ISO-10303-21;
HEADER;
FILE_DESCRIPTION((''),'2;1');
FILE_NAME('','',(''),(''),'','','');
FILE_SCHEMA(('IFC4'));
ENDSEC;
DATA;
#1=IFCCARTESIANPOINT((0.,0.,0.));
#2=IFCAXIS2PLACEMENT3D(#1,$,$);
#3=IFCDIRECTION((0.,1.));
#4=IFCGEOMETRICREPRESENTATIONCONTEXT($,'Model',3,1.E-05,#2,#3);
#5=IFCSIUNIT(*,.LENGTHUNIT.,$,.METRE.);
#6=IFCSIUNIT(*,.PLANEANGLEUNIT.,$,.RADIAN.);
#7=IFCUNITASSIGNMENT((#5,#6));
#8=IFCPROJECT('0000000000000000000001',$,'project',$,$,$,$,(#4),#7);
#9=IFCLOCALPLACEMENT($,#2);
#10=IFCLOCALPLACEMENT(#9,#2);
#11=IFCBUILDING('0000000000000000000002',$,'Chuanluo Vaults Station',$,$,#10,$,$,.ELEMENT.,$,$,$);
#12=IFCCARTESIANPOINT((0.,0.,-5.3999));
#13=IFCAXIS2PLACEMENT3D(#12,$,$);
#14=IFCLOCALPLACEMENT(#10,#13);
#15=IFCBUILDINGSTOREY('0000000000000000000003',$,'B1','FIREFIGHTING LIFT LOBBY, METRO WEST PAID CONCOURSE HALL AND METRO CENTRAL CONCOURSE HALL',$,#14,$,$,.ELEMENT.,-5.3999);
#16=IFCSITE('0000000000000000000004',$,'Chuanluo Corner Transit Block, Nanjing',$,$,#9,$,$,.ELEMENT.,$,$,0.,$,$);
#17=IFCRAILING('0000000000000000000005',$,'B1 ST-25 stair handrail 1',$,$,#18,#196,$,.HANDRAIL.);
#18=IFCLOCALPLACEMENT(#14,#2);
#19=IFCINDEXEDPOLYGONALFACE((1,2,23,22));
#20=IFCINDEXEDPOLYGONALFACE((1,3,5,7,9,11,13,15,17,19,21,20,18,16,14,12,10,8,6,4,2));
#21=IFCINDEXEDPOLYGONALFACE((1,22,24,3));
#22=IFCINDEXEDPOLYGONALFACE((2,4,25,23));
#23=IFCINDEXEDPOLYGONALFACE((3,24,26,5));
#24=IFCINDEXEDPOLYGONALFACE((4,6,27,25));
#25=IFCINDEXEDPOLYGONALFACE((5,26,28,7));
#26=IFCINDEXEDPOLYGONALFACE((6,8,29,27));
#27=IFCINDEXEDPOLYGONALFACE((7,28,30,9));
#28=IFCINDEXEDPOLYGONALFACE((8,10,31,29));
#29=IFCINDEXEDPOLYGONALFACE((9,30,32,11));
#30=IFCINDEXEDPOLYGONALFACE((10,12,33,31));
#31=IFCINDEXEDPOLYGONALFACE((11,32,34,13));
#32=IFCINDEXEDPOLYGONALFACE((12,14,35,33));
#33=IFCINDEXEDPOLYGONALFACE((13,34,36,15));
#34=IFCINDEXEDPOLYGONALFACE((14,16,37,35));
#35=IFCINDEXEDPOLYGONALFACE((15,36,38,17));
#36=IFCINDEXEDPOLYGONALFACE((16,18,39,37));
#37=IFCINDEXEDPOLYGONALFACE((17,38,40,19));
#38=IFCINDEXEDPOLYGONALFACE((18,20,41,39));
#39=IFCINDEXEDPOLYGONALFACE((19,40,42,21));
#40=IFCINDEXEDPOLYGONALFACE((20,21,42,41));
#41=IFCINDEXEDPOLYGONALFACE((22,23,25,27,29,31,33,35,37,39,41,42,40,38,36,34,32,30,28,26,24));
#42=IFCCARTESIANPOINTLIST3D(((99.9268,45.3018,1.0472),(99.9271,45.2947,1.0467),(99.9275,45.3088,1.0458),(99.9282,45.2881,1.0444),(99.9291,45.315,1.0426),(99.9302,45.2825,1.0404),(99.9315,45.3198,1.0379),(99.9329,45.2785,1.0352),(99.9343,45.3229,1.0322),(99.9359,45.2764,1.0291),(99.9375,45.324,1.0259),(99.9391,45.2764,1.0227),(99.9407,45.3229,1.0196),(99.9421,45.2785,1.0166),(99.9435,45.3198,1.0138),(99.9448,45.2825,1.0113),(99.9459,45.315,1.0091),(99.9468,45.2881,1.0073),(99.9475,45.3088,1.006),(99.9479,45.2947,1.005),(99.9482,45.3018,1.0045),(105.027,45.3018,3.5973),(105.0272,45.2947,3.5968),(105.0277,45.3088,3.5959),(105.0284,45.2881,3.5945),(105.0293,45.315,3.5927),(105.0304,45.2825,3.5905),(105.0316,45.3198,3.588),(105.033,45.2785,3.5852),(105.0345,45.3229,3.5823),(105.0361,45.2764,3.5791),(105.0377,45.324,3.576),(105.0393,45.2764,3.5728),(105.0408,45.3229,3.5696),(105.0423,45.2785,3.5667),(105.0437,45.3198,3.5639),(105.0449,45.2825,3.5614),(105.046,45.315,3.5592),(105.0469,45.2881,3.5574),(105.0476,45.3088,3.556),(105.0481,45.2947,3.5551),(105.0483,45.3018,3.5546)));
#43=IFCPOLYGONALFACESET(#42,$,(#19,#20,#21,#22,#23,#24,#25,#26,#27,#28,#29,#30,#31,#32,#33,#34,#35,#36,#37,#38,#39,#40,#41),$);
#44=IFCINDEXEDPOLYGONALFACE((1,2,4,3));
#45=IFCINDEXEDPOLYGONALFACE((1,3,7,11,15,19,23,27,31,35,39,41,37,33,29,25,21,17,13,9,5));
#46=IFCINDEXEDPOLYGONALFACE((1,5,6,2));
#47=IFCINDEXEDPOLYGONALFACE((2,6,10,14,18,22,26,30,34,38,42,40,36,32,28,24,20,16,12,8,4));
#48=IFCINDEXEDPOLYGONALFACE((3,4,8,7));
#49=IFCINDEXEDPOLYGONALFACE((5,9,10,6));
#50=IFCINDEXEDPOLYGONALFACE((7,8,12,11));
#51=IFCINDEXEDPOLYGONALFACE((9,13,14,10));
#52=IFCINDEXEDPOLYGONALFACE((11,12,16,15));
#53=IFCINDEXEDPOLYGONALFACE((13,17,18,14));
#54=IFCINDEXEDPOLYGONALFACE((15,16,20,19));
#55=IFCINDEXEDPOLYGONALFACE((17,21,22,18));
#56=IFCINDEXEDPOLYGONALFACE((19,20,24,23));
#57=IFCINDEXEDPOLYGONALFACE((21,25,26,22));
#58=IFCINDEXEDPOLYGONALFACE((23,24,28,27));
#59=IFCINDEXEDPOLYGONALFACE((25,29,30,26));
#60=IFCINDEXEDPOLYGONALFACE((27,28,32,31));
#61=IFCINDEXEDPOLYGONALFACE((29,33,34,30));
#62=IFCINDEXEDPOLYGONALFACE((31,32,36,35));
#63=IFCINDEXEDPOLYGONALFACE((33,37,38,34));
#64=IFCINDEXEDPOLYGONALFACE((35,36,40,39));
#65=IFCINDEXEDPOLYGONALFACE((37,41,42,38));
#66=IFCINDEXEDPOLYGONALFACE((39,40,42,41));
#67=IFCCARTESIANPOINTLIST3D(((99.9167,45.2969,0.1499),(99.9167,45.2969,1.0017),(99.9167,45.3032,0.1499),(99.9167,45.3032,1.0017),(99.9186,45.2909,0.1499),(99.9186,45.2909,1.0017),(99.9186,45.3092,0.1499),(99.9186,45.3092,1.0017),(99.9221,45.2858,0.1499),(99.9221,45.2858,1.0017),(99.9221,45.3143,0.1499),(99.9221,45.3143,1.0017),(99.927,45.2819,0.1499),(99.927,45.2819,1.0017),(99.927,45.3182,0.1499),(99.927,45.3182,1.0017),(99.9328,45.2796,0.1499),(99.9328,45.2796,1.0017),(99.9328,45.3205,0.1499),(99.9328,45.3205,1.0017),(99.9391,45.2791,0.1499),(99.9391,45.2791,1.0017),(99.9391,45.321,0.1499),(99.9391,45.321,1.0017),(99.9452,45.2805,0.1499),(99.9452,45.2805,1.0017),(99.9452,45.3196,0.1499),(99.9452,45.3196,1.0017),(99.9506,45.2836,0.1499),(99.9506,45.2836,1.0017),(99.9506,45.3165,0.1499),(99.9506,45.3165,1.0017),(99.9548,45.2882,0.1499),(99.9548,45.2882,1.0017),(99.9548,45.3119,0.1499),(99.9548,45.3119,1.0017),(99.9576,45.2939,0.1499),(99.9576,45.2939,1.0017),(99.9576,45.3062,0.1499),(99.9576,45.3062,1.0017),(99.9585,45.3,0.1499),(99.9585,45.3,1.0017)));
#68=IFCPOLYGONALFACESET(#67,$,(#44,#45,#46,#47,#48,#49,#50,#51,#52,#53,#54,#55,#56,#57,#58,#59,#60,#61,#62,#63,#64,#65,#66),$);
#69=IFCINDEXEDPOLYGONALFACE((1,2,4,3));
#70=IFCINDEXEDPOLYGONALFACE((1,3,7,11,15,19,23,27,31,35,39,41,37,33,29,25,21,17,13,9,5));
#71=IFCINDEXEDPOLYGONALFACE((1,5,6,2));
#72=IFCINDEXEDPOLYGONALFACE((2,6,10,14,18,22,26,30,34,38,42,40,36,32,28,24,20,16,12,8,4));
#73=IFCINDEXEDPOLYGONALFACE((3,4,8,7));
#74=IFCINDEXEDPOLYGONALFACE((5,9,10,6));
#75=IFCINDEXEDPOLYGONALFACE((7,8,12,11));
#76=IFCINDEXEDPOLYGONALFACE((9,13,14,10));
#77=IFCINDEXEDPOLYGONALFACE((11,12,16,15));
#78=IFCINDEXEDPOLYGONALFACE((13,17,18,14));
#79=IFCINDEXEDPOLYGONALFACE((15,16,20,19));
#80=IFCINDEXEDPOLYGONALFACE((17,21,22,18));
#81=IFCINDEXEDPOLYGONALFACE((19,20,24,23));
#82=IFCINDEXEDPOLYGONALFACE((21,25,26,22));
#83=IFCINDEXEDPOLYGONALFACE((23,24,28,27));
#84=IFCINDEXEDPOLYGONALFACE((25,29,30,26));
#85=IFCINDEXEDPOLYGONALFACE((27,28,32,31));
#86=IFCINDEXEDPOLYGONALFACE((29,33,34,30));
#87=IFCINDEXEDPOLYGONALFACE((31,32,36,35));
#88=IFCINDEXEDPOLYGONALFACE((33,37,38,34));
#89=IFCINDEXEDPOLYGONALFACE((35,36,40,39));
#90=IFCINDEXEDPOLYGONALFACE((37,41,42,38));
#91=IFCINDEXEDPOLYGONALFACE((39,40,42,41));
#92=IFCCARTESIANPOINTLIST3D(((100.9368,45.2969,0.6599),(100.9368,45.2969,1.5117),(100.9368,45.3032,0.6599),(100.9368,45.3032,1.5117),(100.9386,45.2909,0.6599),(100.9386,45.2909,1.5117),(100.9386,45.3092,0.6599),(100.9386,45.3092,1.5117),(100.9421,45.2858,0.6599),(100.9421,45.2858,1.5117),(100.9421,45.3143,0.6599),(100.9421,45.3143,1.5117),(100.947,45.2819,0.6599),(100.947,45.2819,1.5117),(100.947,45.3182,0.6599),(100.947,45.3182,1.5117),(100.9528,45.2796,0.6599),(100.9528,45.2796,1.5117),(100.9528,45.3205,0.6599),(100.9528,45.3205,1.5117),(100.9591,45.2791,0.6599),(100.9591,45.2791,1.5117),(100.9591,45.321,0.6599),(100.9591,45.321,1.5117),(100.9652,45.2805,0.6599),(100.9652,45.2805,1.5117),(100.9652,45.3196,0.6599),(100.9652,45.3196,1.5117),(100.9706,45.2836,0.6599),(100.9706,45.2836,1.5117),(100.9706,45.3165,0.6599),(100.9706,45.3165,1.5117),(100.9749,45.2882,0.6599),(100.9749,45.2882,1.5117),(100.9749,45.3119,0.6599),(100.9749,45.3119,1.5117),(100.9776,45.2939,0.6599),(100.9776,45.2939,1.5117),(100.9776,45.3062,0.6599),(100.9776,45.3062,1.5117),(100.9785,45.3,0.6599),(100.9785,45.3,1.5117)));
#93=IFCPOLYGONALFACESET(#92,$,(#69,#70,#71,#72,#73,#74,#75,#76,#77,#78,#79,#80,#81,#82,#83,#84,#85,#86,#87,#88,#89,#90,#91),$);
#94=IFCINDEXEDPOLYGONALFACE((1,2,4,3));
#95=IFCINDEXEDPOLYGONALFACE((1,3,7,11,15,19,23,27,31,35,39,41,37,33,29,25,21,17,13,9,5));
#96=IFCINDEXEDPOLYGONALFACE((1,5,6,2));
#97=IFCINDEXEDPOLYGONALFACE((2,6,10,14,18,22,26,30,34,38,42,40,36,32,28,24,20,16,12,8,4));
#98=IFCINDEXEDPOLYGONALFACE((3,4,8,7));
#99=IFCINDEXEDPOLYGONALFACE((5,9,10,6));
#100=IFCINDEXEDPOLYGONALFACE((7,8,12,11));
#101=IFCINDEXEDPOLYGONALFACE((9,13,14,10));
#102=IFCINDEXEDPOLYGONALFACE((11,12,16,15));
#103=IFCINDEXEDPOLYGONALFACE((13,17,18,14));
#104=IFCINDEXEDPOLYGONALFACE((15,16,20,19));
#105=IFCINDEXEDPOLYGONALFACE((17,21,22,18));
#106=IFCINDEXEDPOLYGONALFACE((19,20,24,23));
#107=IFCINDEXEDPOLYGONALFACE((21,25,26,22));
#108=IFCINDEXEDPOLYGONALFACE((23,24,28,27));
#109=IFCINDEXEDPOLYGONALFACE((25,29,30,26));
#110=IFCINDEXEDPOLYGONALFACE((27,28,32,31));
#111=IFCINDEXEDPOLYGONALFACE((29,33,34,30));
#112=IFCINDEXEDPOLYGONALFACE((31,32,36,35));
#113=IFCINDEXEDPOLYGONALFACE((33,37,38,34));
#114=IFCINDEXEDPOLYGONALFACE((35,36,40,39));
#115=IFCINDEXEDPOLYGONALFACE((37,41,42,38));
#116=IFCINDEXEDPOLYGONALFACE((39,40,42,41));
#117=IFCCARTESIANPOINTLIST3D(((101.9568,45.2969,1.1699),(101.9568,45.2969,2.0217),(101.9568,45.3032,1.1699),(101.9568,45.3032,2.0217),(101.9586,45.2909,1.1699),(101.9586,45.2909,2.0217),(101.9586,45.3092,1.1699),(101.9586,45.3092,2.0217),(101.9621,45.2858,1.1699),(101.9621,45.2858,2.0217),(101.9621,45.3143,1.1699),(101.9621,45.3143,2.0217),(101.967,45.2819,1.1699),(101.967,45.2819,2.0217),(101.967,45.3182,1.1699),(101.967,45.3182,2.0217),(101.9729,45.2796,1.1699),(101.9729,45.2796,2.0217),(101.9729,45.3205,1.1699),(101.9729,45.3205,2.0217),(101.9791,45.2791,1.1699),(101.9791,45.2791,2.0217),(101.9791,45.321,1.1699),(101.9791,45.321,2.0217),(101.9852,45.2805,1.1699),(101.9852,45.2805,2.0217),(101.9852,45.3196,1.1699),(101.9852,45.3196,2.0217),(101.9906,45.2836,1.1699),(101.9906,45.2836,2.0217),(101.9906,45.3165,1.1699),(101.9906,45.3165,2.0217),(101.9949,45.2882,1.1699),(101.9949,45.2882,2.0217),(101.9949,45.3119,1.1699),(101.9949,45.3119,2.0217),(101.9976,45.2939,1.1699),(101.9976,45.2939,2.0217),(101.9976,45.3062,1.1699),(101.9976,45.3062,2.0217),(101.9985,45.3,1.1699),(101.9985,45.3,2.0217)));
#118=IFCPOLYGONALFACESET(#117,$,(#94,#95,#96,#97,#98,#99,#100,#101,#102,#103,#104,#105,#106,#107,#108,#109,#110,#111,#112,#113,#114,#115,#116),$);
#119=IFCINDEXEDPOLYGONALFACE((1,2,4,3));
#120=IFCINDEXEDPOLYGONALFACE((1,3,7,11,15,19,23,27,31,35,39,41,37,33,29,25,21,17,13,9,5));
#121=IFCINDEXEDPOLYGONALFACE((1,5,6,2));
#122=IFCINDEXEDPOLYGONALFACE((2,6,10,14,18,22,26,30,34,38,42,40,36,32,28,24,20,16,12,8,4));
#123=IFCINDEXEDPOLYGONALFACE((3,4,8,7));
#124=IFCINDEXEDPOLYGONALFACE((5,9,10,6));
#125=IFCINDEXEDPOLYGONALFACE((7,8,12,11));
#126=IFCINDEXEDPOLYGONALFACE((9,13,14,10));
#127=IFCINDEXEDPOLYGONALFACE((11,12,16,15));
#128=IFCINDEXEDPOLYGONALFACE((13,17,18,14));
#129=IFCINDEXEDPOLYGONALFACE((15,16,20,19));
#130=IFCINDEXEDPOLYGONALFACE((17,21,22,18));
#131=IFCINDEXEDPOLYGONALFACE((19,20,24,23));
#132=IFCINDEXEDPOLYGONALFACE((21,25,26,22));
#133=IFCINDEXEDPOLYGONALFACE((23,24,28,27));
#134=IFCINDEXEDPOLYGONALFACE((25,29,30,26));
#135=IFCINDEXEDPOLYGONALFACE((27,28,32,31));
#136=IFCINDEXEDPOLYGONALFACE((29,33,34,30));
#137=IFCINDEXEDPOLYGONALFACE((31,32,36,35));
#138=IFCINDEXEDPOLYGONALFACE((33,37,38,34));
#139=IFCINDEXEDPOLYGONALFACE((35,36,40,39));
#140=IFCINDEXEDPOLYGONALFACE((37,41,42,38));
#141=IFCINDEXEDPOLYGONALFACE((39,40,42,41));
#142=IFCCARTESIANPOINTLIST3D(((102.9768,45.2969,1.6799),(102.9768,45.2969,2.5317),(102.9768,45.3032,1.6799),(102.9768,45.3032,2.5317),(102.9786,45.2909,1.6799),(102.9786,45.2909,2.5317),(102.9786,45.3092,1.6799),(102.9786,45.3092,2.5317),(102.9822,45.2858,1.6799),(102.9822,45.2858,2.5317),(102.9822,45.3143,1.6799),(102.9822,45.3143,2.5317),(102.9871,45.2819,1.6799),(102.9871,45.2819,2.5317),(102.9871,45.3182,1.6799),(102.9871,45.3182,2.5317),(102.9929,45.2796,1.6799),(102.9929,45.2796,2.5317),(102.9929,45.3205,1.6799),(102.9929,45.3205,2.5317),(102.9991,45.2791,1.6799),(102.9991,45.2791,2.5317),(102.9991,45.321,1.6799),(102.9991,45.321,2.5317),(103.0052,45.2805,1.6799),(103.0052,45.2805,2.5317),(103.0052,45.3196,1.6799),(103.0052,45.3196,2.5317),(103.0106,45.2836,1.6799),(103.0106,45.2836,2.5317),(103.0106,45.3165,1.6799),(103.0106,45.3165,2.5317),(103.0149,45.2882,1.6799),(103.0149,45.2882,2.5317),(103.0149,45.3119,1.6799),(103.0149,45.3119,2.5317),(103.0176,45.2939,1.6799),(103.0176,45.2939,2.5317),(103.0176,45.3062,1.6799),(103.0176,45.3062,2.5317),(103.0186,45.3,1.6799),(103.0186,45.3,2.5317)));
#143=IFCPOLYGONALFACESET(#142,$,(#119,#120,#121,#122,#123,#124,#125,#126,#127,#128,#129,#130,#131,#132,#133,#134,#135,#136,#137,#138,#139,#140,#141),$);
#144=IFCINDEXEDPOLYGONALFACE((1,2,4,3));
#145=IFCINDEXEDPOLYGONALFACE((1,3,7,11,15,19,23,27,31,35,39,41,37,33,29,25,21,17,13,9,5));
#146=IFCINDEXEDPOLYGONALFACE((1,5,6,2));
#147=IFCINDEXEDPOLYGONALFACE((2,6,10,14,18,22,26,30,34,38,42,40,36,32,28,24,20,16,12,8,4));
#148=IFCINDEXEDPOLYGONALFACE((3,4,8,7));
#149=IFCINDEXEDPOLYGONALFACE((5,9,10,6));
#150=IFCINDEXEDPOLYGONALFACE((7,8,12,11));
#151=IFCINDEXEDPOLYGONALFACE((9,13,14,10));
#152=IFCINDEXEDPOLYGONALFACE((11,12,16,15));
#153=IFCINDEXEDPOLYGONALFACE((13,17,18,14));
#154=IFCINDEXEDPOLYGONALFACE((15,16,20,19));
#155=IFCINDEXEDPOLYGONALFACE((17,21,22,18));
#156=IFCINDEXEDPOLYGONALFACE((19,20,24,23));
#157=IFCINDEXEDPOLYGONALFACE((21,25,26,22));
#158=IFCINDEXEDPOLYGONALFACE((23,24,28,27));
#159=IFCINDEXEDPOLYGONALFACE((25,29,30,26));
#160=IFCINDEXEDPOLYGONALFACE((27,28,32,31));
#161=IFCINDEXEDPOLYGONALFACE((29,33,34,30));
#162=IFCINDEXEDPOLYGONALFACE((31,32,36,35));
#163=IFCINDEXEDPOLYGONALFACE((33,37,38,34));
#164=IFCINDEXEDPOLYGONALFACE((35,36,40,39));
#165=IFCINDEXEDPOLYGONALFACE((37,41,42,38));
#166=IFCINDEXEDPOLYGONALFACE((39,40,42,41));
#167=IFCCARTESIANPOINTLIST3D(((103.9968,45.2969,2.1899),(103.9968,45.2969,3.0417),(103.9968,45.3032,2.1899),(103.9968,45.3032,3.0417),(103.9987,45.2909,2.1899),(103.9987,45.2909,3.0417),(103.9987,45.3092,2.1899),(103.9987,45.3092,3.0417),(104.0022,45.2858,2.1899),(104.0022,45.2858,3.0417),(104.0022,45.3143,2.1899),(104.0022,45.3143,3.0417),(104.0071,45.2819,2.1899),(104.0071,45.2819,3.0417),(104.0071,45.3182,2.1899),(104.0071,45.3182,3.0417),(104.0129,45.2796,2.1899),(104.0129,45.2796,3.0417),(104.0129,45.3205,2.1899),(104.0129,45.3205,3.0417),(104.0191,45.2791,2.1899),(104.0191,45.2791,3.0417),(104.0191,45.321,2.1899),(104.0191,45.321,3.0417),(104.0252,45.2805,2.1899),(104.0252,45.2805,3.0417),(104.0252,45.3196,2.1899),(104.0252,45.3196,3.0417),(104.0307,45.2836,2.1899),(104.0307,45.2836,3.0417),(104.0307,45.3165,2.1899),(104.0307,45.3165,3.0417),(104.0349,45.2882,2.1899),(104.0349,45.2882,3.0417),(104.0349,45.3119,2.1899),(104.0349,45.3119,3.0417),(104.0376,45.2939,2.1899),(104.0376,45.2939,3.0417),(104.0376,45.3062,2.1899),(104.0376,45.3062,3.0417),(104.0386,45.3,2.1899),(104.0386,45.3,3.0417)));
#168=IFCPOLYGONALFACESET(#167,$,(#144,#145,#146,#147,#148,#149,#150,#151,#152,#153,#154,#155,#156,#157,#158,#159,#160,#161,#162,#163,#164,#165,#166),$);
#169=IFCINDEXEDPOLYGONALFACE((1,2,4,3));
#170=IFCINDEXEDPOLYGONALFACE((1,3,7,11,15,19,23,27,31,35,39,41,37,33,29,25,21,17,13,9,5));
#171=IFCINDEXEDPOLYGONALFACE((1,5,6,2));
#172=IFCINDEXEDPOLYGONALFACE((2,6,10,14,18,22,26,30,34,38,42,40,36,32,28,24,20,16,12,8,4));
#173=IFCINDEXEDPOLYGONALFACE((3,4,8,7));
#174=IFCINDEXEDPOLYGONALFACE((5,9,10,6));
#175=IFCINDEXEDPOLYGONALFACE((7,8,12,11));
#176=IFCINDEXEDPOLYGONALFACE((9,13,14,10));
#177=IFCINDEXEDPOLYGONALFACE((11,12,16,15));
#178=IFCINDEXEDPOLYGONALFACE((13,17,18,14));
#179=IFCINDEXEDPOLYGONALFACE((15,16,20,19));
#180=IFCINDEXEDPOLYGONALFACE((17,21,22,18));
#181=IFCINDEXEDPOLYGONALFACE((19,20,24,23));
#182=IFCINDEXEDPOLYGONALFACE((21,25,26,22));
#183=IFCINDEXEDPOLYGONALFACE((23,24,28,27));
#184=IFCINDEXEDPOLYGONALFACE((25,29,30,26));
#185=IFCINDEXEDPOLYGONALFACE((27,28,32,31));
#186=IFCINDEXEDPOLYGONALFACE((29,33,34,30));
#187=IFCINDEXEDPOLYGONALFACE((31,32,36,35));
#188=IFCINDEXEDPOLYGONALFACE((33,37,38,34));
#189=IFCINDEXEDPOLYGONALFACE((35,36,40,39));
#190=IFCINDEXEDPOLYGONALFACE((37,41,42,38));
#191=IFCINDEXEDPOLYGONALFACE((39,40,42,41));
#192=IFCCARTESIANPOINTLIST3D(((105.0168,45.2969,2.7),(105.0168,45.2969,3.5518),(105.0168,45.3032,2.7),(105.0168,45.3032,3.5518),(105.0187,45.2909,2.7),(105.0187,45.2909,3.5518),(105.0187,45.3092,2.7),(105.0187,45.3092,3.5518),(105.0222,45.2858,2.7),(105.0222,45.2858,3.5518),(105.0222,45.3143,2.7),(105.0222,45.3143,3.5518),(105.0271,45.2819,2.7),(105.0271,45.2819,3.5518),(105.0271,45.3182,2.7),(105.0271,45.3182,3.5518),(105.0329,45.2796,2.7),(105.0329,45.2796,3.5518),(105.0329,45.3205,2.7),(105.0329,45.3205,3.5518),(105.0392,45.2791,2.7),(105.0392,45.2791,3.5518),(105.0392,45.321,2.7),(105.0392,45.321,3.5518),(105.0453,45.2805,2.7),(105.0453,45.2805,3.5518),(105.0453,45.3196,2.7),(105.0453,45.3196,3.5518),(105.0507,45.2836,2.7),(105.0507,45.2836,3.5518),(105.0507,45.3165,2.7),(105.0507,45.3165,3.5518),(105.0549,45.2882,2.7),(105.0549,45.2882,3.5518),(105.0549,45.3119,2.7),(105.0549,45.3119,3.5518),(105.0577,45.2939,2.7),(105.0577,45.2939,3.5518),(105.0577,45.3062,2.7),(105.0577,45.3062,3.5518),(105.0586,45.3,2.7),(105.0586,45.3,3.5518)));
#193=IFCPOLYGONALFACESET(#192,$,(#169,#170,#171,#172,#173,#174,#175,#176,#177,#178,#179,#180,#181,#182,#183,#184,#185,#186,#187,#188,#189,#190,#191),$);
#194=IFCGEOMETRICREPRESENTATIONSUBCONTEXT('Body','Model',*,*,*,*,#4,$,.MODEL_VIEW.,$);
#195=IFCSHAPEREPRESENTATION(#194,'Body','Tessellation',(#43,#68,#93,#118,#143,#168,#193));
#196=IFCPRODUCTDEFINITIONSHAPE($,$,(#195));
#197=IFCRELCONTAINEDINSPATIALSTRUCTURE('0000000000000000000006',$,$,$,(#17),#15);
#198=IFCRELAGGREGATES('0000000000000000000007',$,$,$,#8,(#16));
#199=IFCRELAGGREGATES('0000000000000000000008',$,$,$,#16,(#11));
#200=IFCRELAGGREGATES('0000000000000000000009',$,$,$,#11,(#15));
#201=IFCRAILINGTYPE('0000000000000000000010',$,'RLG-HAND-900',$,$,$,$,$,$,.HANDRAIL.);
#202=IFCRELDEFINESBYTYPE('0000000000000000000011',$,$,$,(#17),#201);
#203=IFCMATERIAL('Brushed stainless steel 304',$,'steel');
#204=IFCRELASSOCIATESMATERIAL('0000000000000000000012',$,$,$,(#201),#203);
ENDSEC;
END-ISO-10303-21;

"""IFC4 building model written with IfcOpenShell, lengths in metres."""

from ifc_helpers import new_model, si_unit, direction, frame, origin, origin_2d, place, context, subcontext, project, spatial, circle, extrude, material, type_object, element, save


model = new_model("IFC4")

# Units and contexts
model_context = context("Model", 3, precision=1e-05, world=origin(), true_north=direction((0.0, 1.0)))
body_context = subcontext(model_context, "Body", "Model", "MODEL_VIEW")
ifc_project = project(units=[si_unit("LENGTHUNIT", "METRE"), si_unit("PLANEANGLEUNIT", "RADIAN")], contexts=[model_context])

# Site, building, storey
site_placement = place(None, origin())
site = spatial("IfcSite", under=ifc_project, at=site_placement, Name="Chuanluo Corner Transit Block, Nanjing", CompositionType="ELEMENT", RefElevation=0.0)
building_placement = place(site_placement, origin())
building = spatial("IfcBuilding", under=site, at=building_placement, Name="Chuanluo Vaults Station", CompositionType="ELEMENT")
storey_placement = place(building_placement, frame((0.0, 0.0, -5.3999)))
storey = spatial("IfcBuildingStorey", under=building, at=storey_placement, Name="B1", Description="FIREFIGHTING LIFT LOBBY, METRO WEST PAID CONCOURSE HALL AND METRO CENTRAL CONCOURSE HALL", CompositionType="ELEMENT", Elevation=-5.3999)

# Railing
ifc_material_1 = material(Name="Brushed stainless steel 304", Category="steel")
railing_type_1 = type_object("IfcRailingType", Name="RLG-HAND-900", PredefinedType="HANDRAIL", material=ifc_material_1)
railing_1_placement = place(storey_placement, frame((99.9375, 45.3, 0.1499)))
element("IfcRailing", 1, at=railing_1_placement, inside=storey, type_object=railing_type_1, Name="B1 ST-25 stair handrail 1", PredefinedType="HANDRAIL", context=body_context, shape_type="SweptSolid", body=[
    extrude(circle(Radius=0.0239, at=origin_2d()), frame((0.0, 0.0, 0.876), z_axis=(0.894427, 0.0, 0.447214), x_axis=(0.0, 1.0, 0.0)), (0.0, 0.0, 1.0), 5.7021),
    extrude(circle(Radius=0.021, at=origin_2d()), origin(), (0.0, 0.0, 1.0), 0.8518),
    extrude(circle(Radius=0.021, at=origin_2d()), frame((1.02, 0.0, 0.51)), (0.0, 0.0, 1.0), 0.8518),
    extrude(circle(Radius=0.021, at=origin_2d()), frame((2.04, 0.0, 1.02)), (0.0, 0.0, 1.0), 0.8518),
    extrude(circle(Radius=0.021, at=origin_2d()), frame((3.0601, 0.0, 1.53)), (0.0, 0.0, 1.0), 0.8518),
    extrude(circle(Radius=0.021, at=origin_2d()), frame((4.0801, 0.0, 2.04)), (0.0, 0.0, 1.0), 0.8518),
    extrude(circle(Radius=0.021, at=origin_2d()), frame((5.1001, 0.0, 2.55)), (0.0, 0.0, 1.0), 0.8518),
])

save(model, "model.ifc")
